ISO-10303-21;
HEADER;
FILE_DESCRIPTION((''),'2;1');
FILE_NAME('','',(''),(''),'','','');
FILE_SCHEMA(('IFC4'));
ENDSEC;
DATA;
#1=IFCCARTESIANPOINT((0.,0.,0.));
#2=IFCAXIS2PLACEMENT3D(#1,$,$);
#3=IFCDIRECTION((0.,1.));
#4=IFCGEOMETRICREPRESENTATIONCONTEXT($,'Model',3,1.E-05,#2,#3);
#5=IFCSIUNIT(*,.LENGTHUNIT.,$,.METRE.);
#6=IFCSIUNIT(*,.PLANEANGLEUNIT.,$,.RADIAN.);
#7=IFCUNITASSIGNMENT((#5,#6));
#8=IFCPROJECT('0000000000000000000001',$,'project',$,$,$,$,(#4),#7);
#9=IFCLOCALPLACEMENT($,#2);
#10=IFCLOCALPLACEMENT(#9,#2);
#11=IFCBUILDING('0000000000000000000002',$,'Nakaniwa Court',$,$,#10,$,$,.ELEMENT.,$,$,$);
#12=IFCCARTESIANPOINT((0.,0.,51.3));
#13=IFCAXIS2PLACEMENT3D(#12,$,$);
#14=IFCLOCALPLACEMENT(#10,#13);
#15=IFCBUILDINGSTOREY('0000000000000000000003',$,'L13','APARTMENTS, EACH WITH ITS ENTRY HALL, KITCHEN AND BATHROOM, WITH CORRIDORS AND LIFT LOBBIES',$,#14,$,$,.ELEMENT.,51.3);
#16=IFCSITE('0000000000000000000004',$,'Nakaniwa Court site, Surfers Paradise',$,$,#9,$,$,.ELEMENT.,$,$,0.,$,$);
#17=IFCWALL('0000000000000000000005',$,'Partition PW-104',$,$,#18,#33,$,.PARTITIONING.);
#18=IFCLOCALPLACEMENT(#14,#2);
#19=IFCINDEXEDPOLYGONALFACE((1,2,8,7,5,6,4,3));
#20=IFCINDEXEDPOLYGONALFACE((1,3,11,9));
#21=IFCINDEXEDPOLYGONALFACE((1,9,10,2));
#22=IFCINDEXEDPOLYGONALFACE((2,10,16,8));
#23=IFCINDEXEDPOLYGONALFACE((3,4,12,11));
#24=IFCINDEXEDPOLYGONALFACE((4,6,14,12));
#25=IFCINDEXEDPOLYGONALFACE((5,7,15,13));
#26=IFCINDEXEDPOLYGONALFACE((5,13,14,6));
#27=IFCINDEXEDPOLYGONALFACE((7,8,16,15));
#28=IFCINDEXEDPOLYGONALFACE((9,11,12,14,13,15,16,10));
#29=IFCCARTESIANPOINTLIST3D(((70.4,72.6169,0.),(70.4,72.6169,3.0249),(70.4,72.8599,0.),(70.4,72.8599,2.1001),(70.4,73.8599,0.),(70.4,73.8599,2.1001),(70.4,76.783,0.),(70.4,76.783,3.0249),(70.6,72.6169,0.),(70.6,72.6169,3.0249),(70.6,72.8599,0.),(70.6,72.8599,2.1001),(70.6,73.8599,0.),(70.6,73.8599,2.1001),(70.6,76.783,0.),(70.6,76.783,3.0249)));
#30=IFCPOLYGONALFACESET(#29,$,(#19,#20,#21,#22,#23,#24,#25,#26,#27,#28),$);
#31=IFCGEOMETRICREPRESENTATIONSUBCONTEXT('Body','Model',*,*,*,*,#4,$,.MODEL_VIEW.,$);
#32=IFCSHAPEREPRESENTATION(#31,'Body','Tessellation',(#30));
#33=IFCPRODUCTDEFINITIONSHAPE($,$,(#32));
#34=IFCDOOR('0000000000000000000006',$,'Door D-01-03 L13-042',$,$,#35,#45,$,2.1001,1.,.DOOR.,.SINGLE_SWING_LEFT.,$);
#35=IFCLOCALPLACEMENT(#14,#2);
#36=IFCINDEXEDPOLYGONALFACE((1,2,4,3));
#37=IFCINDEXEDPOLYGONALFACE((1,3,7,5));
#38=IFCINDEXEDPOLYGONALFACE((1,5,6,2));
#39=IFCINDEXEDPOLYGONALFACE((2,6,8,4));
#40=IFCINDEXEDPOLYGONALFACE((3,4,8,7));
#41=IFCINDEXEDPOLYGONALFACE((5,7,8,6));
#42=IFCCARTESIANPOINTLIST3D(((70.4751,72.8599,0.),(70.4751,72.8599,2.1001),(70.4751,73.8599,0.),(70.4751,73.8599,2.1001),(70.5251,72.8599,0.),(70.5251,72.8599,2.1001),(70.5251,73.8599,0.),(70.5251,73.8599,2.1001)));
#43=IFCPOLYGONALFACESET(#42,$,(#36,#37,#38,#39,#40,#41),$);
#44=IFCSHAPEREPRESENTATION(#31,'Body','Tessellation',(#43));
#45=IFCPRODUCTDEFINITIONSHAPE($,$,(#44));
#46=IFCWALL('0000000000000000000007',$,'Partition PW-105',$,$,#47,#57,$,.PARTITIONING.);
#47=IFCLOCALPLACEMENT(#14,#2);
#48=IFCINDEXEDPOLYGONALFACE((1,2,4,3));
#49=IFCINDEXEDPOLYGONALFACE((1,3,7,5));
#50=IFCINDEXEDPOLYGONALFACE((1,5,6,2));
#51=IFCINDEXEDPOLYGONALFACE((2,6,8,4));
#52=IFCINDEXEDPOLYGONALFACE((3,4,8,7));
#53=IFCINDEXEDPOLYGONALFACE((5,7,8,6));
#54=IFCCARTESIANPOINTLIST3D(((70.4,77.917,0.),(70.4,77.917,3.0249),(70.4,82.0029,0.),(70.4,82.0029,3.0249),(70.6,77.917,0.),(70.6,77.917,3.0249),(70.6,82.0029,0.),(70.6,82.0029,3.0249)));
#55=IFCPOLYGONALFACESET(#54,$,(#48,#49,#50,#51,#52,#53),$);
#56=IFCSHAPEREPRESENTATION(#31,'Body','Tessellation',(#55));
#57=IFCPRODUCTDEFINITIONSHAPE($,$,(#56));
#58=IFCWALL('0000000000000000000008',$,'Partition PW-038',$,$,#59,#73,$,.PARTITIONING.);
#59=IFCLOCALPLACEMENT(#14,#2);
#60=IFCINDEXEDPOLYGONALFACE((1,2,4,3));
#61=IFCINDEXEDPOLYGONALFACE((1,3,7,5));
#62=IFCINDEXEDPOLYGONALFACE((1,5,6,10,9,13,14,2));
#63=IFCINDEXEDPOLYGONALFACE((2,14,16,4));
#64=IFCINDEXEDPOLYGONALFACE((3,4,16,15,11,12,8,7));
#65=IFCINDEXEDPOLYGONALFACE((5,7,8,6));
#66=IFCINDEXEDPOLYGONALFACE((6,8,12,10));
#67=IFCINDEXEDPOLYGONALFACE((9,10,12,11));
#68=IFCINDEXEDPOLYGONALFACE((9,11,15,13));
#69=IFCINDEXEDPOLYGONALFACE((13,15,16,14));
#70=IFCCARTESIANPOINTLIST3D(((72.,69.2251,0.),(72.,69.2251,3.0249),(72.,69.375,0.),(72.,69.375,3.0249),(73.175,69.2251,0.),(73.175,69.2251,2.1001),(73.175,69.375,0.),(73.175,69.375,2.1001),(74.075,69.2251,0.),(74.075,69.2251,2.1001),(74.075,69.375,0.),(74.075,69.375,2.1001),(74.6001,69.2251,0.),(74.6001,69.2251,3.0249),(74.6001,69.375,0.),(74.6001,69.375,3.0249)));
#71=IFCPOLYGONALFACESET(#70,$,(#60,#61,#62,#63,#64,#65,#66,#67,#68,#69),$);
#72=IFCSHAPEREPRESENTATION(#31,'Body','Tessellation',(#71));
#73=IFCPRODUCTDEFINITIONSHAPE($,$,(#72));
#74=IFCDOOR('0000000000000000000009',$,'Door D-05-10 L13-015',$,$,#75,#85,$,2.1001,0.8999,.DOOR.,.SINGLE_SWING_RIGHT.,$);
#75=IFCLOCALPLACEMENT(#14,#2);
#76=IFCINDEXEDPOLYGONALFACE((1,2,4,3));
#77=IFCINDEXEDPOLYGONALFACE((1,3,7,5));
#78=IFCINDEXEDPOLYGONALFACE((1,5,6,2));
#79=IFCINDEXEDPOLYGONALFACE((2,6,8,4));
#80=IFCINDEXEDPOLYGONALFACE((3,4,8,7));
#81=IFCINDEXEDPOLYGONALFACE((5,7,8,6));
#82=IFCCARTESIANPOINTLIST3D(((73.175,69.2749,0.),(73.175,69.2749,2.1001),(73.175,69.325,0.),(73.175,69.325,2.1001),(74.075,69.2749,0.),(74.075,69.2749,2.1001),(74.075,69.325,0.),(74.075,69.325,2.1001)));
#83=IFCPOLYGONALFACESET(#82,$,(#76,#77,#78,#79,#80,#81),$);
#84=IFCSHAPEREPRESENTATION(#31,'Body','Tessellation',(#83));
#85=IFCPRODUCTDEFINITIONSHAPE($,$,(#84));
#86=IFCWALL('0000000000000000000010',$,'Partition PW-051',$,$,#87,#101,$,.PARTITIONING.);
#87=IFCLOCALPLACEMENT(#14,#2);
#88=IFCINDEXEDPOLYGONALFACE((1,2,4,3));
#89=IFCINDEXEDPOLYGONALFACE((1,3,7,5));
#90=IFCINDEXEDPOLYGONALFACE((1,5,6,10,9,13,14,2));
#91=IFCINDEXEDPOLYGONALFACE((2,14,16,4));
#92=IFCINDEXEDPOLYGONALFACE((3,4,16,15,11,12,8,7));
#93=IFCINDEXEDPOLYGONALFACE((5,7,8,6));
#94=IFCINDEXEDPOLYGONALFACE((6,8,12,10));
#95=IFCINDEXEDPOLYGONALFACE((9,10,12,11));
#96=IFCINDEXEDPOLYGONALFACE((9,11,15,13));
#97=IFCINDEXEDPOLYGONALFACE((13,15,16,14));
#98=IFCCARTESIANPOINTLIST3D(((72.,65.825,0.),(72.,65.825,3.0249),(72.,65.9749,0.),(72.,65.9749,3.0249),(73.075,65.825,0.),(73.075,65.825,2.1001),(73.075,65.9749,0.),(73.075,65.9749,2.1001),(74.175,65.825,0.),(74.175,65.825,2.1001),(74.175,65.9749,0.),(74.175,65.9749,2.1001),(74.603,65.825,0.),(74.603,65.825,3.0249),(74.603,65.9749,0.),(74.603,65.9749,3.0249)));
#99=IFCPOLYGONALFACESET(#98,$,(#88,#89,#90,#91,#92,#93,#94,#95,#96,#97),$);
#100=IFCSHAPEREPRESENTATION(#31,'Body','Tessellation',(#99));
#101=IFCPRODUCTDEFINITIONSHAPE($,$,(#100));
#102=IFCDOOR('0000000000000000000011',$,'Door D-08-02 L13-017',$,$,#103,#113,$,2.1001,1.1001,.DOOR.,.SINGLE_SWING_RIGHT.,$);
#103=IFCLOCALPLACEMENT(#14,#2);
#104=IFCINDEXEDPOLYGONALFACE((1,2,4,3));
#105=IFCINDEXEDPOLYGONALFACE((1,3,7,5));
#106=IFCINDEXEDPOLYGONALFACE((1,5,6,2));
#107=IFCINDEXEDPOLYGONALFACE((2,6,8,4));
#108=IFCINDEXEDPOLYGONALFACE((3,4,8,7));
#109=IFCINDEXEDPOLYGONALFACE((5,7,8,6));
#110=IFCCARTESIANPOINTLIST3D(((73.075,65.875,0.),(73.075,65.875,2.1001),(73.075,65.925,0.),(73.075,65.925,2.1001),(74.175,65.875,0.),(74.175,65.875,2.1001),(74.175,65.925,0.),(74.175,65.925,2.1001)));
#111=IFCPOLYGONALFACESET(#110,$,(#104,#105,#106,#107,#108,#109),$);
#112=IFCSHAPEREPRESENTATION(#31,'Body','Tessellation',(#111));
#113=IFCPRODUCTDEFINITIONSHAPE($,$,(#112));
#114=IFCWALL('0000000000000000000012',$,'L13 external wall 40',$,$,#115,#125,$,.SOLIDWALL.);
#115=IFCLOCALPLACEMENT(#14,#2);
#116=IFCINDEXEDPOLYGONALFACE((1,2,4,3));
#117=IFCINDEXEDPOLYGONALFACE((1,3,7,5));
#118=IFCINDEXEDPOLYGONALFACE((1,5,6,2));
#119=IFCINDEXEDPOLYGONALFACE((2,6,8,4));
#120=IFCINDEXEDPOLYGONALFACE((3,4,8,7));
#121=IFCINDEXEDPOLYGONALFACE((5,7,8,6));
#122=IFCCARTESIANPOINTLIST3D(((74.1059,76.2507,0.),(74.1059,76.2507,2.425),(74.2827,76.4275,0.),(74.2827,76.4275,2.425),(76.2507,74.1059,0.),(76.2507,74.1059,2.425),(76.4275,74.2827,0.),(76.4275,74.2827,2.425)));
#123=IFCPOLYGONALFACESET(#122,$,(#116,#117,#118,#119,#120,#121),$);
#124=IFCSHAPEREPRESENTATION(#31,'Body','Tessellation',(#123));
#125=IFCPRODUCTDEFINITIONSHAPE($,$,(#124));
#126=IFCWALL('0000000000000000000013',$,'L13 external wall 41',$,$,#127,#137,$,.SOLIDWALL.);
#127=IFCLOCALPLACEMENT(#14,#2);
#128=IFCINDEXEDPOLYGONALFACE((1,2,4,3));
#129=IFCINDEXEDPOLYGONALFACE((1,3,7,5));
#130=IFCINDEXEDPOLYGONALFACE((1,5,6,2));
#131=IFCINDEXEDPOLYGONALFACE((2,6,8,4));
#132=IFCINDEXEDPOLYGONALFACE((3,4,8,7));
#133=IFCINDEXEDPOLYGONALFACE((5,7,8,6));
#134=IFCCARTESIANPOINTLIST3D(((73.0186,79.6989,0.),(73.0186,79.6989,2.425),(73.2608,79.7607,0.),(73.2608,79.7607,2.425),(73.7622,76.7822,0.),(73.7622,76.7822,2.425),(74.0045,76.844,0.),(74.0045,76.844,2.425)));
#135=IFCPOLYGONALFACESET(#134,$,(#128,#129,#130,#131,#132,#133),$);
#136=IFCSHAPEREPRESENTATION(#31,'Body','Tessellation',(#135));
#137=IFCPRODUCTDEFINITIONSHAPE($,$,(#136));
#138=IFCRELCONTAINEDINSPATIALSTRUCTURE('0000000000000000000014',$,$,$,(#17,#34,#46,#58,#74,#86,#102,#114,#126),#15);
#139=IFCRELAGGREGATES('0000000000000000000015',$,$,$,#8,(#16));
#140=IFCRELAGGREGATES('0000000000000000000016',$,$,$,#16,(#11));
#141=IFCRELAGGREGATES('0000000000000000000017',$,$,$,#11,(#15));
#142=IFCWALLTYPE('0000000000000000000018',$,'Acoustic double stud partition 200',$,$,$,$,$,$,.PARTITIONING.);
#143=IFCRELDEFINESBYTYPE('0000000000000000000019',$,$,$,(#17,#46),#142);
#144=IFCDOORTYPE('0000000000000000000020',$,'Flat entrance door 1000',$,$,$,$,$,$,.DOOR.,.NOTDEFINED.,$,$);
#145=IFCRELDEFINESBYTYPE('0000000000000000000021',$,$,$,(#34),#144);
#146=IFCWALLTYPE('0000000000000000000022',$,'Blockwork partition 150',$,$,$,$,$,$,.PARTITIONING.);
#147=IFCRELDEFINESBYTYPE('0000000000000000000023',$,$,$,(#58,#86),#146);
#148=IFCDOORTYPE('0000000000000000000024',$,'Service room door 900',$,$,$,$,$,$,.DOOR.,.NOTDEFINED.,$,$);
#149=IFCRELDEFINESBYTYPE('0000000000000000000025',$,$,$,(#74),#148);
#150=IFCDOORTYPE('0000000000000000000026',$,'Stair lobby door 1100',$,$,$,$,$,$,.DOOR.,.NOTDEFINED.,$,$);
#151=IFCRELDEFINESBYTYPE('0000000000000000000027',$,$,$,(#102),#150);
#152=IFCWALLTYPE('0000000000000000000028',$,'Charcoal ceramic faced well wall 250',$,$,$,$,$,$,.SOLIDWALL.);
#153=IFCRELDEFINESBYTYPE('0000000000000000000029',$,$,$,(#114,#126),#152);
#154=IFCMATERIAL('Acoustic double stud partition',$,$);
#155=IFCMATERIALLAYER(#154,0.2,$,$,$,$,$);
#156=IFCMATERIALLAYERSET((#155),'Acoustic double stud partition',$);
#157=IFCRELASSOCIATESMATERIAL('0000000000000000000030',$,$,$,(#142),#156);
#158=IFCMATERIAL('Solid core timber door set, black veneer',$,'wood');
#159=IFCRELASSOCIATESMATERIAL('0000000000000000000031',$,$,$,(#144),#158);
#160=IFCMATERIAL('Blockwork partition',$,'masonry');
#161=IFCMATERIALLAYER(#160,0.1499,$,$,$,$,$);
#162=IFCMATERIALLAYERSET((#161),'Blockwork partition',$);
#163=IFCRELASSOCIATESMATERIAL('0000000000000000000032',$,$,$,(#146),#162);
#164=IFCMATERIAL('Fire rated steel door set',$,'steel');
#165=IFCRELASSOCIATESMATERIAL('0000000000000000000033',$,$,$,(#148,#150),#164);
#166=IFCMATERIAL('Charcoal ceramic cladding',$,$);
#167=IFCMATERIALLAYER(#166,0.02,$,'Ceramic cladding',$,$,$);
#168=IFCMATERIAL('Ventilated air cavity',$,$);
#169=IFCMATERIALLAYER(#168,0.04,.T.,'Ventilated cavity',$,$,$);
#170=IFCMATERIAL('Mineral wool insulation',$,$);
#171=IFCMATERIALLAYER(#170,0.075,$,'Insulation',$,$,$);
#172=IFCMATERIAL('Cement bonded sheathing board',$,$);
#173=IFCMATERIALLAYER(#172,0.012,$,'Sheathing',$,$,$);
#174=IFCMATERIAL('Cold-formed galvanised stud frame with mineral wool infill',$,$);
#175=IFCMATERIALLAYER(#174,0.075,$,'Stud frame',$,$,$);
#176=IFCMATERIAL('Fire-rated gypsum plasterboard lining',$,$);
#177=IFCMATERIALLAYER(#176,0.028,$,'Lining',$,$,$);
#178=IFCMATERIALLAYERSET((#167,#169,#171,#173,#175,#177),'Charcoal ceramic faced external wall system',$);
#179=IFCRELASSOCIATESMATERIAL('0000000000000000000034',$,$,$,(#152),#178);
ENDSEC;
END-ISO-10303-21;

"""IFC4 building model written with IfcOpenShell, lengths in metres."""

from ifc_helpers import new_model, si_unit, direction, frame, frame_2d, origin, place, context, subcontext, project, spatial, rectangle, extrude, material, layer, layer_set, type_object, element, fill, save


model = new_model("IFC4")

# Units and contexts
model_context = context("Model", 3, precision=1e-05, world=origin(), true_north=direction((0.0, 1.0)))
body_context = subcontext(model_context, "Body", "Model", "MODEL_VIEW")
ifc_project = project(units=[si_unit("LENGTHUNIT", "METRE"), si_unit("PLANEANGLEUNIT", "RADIAN")], contexts=[model_context])

# Site, building, storey
site_placement = place(None, origin())
site = spatial("IfcSite", under=ifc_project, at=site_placement, Name="Nakaniwa Court site, Surfers Paradise", CompositionType="ELEMENT", RefElevation=0.0)
building_placement = place(site_placement, origin())
building = spatial("IfcBuilding", under=site, at=building_placement, Name="Nakaniwa Court", CompositionType="ELEMENT")
storey_placement = place(building_placement, frame((0.0, 0.0, 51.3)))
storey = spatial("IfcBuildingStorey", under=building, at=storey_placement, Name="L13", Description="APARTMENTS, EACH WITH ITS ENTRY HALL, KITCHEN AND BATHROOM, WITH CORRIDORS AND LIFT LOBBIES", CompositionType="ELEMENT", Elevation=51.3)

# Shared definitions
ifc_material_1 = material(Name="Acoustic double stud partition")
ifc_layer_1 = layer(ifc_material_1, 0.2)
ifc_layer_set_1 = layer_set([ifc_layer_1], Name="Acoustic double stud partition")
wall_type_1 = type_object("IfcWallType", Name="Acoustic double stud partition 200", PredefinedType="PARTITIONING", material=ifc_layer_set_1)

# Wall, opening, door
ifc_material_2 = material(Name="Solid core timber door set, black veneer", Category="wood")
wall_1_placement = place(storey_placement, frame((70.5, 72.6169, 0.0), z_axis=(0.0, 0.0, 1.0), x_axis=(0.0, 1.0, 0.0)))
wall_1 = element("IfcWall", 1, at=wall_1_placement, inside=storey, type_object=wall_type_1, Name="Partition PW-104", PredefinedType="PARTITIONING", context=body_context, shape_type="SweptSolid", body=[
    extrude(rectangle(XDim=4.166, YDim=0.2, at=frame_2d((2.083, 0.0))), origin(), (0.0, 0.0, 1.0), 3.0249),
])
opening_1_placement = place(wall_1_placement, frame((0.2429, 0.0, 0.0)))
opening_1 = element("IfcOpeningElement", 2, at=opening_1_placement, cuts=wall_1, PredefinedType="OPENING", context=body_context, shape_type="SweptSolid", body=[
    extrude(rectangle(XDim=1.0, YDim=2.1001, at=frame_2d((0.5, 1.05))), frame((0.0, 0.1099, 0.0), z_axis=(0.0, -1.0, 0.0), x_axis=(1.0, 0.0, 0.0)), (0.0, 0.0, 1.0), 0.22),
])
door_type_1 = type_object("IfcDoorType", Name="Flat entrance door 1000", OperationType="NOTDEFINED", PredefinedType="DOOR", material=ifc_material_2)
door_1_placement = place(opening_1_placement, origin())
door_1 = element("IfcDoor", 3, at=door_1_placement, inside=storey, type_object=door_type_1, Name="Door D-01-03 L13-042", OperationType="SINGLE_SWING_LEFT", OverallHeight=2.1001, OverallWidth=1.0, PredefinedType="DOOR", context=body_context, shape_type="SweptSolid", body=[
    extrude(rectangle(XDim=1.0, YDim=2.1001, at=frame_2d((0.5, 1.05))), frame((0.0, 0.0249, 0.0), z_axis=(0.0, -1.0, 0.0), x_axis=(1.0, 0.0, 0.0)), (0.0, 0.0, 1.0), 0.05),
])
fill(opening_1, door_1)

# Wall
wall_2_placement = place(storey_placement, frame((70.5, 77.917, 0.0), z_axis=(0.0, 0.0, 1.0), x_axis=(0.0, 1.0, 0.0)))
element("IfcWall", 4, at=wall_2_placement, inside=storey, type_object=wall_type_1, Name="Partition PW-105", PredefinedType="PARTITIONING", context=body_context, shape_type="SweptSolid", body=[
    extrude(rectangle(XDim=4.0859, YDim=0.2, at=frame_2d((2.043, 0.0))), origin(), (0.0, 0.0, 1.0), 3.0249),
])

# Walls, openings, doors
ifc_material_3 = material(Name="Blockwork partition", Category="masonry")
ifc_layer_2 = layer(ifc_material_3, 0.1499)
ifc_layer_set_2 = layer_set([ifc_layer_2], Name="Blockwork partition")
wall_type_2 = type_object("IfcWallType", Name="Blockwork partition 150", PredefinedType="PARTITIONING", material=ifc_layer_set_2)
wall_3_placement = place(storey_placement, frame((72.0, 69.3, 0.0), z_axis=(0.0, 0.0, 1.0), x_axis=(1.0, 0.0, 0.0)))
wall_3 = element("IfcWall", 5, at=wall_3_placement, inside=storey, type_object=wall_type_2, Name="Partition PW-038", PredefinedType="PARTITIONING", context=body_context, shape_type="SweptSolid", body=[
    extrude(rectangle(XDim=2.6001, YDim=0.1499, at=frame_2d((1.3, 0.0))), origin(), (0.0, 0.0, 1.0), 3.0249),
])
opening_2_placement = place(wall_3_placement, frame((1.175, 0.0, 0.0)))
opening_2 = element("IfcOpeningElement", 6, at=opening_2_placement, cuts=wall_3, PredefinedType="OPENING", context=body_context, shape_type="SweptSolid", body=[
    extrude(rectangle(XDim=0.8999, YDim=2.1001, at=frame_2d((0.45, 1.05))), frame((0.0, 0.085, 0.0), z_axis=(0.0, -1.0, 0.0), x_axis=(1.0, 0.0, 0.0)), (0.0, 0.0, 1.0), 0.1699),
])
ifc_material_4 = material(Name="Fire rated steel door set", Category="steel")
door_type_2 = type_object("IfcDoorType", Name="Service room door 900", OperationType="NOTDEFINED", PredefinedType="DOOR", material=ifc_material_4)
door_2_placement = place(opening_2_placement, origin())
door_2 = element("IfcDoor", 7, at=door_2_placement, inside=storey, type_object=door_type_2, Name="Door D-05-10 L13-015", OperationType="SINGLE_SWING_RIGHT", OverallHeight=2.1001, OverallWidth=0.8999, PredefinedType="DOOR", context=body_context, shape_type="SweptSolid", body=[
    extrude(rectangle(XDim=0.8999, YDim=2.1001, at=frame_2d((0.45, 1.05))), frame((0.0, 0.0249, 0.0), z_axis=(0.0, -1.0, 0.0), x_axis=(1.0, 0.0, 0.0)), (0.0, 0.0, 1.0), 0.05),
])
fill(opening_2, door_2)
wall_4_placement = place(storey_placement, frame((74.603, 65.8999, 0.0), z_axis=(0.0, 0.0, 1.0), x_axis=(-1.0, 0.0, 0.0)))
wall_4 = element("IfcWall", 8, at=wall_4_placement, inside=storey, type_object=wall_type_2, Name="Partition PW-051", PredefinedType="PARTITIONING", context=body_context, shape_type="SweptSolid", body=[
    extrude(rectangle(XDim=2.603, YDim=0.1499, at=frame_2d((1.3015, 0.0))), origin(), (0.0, 0.0, 1.0), 3.0249),
])
opening_3_placement = place(wall_4_placement, frame((0.428, 0.0, 0.0)))
opening_3 = element("IfcOpeningElement", 9, at=opening_3_placement, cuts=wall_4, PredefinedType="OPENING", context=body_context, shape_type="SweptSolid", body=[
    extrude(rectangle(XDim=1.1001, YDim=2.1001, at=frame_2d((0.55, 1.05))), frame((0.0, 0.085, 0.0), z_axis=(0.0, -1.0, 0.0), x_axis=(1.0, 0.0, 0.0)), (0.0, 0.0, 1.0), 0.1699),
])
door_type_3 = type_object("IfcDoorType", Name="Stair lobby door 1100", OperationType="NOTDEFINED", PredefinedType="DOOR", material=ifc_material_4)
door_3_placement = place(opening_3_placement, origin())
door_3 = element("IfcDoor", 10, at=door_3_placement, inside=storey, type_object=door_type_3, Name="Door D-08-02 L13-017", OperationType="SINGLE_SWING_RIGHT", OverallHeight=2.1001, OverallWidth=1.1001, PredefinedType="DOOR", context=body_context, shape_type="SweptSolid", body=[
    extrude(rectangle(XDim=1.1001, YDim=2.1001, at=frame_2d((0.55, 1.05))), frame((0.0, 0.0249, 0.0), z_axis=(0.0, -1.0, 0.0), x_axis=(1.0, 0.0, 0.0)), (0.0, 0.0, 1.0), 0.05),
])
fill(opening_3, door_3)

# Walls
ifc_material_5 = material(Name="Charcoal ceramic cladding")
ifc_layer_3 = layer(ifc_material_5, 0.02, Name="Ceramic cladding")
ifc_material_6 = material(Name="Ventilated air cavity")
ifc_layer_4 = layer(ifc_material_6, 0.04, ventilated=True, Name="Ventilated cavity")
ifc_material_7 = material(Name="Mineral wool insulation")
ifc_layer_5 = layer(ifc_material_7, 0.075, Name="Insulation")
ifc_material_8 = material(Name="Cement bonded sheathing board")
ifc_layer_6 = layer(ifc_material_8, 0.012, Name="Sheathing")
ifc_material_9 = material(Name="Cold-formed galvanised stud frame with mineral wool infill")
ifc_layer_7 = layer(ifc_material_9, 0.075, Name="Stud frame")
ifc_material_10 = material(Name="Fire-rated gypsum plasterboard lining")
ifc_layer_8 = layer(ifc_material_10, 0.028, Name="Lining")
ifc_layer_set_3 = layer_set([ifc_layer_3, ifc_layer_4, ifc_layer_5, ifc_layer_6, ifc_layer_7, ifc_layer_8], Name="Charcoal ceramic faced external wall system")
wall_type_3 = type_object("IfcWallType", Name="Charcoal ceramic faced well wall 250", PredefinedType="SOLIDWALL", material=ifc_layer_set_3)
wall_5_placement = place(storey_placement, frame((76.3391, 74.1943, 0.0), z_axis=(0.0, 0.0, 1.0), x_axis=(-0.707107, 0.707107, 0.0)))
element("IfcWall", 11, at=wall_5_placement, inside=storey, type_object=wall_type_3, Name="L13 external wall 40", PredefinedType="SOLIDWALL", context=body_context, shape_type="SweptSolid", body=[
    extrude(rectangle(XDim=3.0332, YDim=0.25, at=frame_2d((1.5166, 0.0))), origin(), (0.0, 0.0, 1.0), 2.425),
])
wall_6_placement = place(storey_placement, frame((73.8833, 76.8132, 0.0), z_axis=(0.0, 0.0, 1.0), x_axis=(-0.247056, 0.969001, 0.0)))
element("IfcWall", 12, at=wall_6_placement, inside=storey, type_object=wall_type_3, Name="L13 external wall 41", PredefinedType="SOLIDWALL", context=body_context, shape_type="SweptSolid", body=[
    extrude(rectangle(XDim=3.01, YDim=0.25, at=frame_2d((1.5049, 0.0))), origin(), (0.0, 0.0, 1.0), 2.425),
])

save(model, "model.ifc")
